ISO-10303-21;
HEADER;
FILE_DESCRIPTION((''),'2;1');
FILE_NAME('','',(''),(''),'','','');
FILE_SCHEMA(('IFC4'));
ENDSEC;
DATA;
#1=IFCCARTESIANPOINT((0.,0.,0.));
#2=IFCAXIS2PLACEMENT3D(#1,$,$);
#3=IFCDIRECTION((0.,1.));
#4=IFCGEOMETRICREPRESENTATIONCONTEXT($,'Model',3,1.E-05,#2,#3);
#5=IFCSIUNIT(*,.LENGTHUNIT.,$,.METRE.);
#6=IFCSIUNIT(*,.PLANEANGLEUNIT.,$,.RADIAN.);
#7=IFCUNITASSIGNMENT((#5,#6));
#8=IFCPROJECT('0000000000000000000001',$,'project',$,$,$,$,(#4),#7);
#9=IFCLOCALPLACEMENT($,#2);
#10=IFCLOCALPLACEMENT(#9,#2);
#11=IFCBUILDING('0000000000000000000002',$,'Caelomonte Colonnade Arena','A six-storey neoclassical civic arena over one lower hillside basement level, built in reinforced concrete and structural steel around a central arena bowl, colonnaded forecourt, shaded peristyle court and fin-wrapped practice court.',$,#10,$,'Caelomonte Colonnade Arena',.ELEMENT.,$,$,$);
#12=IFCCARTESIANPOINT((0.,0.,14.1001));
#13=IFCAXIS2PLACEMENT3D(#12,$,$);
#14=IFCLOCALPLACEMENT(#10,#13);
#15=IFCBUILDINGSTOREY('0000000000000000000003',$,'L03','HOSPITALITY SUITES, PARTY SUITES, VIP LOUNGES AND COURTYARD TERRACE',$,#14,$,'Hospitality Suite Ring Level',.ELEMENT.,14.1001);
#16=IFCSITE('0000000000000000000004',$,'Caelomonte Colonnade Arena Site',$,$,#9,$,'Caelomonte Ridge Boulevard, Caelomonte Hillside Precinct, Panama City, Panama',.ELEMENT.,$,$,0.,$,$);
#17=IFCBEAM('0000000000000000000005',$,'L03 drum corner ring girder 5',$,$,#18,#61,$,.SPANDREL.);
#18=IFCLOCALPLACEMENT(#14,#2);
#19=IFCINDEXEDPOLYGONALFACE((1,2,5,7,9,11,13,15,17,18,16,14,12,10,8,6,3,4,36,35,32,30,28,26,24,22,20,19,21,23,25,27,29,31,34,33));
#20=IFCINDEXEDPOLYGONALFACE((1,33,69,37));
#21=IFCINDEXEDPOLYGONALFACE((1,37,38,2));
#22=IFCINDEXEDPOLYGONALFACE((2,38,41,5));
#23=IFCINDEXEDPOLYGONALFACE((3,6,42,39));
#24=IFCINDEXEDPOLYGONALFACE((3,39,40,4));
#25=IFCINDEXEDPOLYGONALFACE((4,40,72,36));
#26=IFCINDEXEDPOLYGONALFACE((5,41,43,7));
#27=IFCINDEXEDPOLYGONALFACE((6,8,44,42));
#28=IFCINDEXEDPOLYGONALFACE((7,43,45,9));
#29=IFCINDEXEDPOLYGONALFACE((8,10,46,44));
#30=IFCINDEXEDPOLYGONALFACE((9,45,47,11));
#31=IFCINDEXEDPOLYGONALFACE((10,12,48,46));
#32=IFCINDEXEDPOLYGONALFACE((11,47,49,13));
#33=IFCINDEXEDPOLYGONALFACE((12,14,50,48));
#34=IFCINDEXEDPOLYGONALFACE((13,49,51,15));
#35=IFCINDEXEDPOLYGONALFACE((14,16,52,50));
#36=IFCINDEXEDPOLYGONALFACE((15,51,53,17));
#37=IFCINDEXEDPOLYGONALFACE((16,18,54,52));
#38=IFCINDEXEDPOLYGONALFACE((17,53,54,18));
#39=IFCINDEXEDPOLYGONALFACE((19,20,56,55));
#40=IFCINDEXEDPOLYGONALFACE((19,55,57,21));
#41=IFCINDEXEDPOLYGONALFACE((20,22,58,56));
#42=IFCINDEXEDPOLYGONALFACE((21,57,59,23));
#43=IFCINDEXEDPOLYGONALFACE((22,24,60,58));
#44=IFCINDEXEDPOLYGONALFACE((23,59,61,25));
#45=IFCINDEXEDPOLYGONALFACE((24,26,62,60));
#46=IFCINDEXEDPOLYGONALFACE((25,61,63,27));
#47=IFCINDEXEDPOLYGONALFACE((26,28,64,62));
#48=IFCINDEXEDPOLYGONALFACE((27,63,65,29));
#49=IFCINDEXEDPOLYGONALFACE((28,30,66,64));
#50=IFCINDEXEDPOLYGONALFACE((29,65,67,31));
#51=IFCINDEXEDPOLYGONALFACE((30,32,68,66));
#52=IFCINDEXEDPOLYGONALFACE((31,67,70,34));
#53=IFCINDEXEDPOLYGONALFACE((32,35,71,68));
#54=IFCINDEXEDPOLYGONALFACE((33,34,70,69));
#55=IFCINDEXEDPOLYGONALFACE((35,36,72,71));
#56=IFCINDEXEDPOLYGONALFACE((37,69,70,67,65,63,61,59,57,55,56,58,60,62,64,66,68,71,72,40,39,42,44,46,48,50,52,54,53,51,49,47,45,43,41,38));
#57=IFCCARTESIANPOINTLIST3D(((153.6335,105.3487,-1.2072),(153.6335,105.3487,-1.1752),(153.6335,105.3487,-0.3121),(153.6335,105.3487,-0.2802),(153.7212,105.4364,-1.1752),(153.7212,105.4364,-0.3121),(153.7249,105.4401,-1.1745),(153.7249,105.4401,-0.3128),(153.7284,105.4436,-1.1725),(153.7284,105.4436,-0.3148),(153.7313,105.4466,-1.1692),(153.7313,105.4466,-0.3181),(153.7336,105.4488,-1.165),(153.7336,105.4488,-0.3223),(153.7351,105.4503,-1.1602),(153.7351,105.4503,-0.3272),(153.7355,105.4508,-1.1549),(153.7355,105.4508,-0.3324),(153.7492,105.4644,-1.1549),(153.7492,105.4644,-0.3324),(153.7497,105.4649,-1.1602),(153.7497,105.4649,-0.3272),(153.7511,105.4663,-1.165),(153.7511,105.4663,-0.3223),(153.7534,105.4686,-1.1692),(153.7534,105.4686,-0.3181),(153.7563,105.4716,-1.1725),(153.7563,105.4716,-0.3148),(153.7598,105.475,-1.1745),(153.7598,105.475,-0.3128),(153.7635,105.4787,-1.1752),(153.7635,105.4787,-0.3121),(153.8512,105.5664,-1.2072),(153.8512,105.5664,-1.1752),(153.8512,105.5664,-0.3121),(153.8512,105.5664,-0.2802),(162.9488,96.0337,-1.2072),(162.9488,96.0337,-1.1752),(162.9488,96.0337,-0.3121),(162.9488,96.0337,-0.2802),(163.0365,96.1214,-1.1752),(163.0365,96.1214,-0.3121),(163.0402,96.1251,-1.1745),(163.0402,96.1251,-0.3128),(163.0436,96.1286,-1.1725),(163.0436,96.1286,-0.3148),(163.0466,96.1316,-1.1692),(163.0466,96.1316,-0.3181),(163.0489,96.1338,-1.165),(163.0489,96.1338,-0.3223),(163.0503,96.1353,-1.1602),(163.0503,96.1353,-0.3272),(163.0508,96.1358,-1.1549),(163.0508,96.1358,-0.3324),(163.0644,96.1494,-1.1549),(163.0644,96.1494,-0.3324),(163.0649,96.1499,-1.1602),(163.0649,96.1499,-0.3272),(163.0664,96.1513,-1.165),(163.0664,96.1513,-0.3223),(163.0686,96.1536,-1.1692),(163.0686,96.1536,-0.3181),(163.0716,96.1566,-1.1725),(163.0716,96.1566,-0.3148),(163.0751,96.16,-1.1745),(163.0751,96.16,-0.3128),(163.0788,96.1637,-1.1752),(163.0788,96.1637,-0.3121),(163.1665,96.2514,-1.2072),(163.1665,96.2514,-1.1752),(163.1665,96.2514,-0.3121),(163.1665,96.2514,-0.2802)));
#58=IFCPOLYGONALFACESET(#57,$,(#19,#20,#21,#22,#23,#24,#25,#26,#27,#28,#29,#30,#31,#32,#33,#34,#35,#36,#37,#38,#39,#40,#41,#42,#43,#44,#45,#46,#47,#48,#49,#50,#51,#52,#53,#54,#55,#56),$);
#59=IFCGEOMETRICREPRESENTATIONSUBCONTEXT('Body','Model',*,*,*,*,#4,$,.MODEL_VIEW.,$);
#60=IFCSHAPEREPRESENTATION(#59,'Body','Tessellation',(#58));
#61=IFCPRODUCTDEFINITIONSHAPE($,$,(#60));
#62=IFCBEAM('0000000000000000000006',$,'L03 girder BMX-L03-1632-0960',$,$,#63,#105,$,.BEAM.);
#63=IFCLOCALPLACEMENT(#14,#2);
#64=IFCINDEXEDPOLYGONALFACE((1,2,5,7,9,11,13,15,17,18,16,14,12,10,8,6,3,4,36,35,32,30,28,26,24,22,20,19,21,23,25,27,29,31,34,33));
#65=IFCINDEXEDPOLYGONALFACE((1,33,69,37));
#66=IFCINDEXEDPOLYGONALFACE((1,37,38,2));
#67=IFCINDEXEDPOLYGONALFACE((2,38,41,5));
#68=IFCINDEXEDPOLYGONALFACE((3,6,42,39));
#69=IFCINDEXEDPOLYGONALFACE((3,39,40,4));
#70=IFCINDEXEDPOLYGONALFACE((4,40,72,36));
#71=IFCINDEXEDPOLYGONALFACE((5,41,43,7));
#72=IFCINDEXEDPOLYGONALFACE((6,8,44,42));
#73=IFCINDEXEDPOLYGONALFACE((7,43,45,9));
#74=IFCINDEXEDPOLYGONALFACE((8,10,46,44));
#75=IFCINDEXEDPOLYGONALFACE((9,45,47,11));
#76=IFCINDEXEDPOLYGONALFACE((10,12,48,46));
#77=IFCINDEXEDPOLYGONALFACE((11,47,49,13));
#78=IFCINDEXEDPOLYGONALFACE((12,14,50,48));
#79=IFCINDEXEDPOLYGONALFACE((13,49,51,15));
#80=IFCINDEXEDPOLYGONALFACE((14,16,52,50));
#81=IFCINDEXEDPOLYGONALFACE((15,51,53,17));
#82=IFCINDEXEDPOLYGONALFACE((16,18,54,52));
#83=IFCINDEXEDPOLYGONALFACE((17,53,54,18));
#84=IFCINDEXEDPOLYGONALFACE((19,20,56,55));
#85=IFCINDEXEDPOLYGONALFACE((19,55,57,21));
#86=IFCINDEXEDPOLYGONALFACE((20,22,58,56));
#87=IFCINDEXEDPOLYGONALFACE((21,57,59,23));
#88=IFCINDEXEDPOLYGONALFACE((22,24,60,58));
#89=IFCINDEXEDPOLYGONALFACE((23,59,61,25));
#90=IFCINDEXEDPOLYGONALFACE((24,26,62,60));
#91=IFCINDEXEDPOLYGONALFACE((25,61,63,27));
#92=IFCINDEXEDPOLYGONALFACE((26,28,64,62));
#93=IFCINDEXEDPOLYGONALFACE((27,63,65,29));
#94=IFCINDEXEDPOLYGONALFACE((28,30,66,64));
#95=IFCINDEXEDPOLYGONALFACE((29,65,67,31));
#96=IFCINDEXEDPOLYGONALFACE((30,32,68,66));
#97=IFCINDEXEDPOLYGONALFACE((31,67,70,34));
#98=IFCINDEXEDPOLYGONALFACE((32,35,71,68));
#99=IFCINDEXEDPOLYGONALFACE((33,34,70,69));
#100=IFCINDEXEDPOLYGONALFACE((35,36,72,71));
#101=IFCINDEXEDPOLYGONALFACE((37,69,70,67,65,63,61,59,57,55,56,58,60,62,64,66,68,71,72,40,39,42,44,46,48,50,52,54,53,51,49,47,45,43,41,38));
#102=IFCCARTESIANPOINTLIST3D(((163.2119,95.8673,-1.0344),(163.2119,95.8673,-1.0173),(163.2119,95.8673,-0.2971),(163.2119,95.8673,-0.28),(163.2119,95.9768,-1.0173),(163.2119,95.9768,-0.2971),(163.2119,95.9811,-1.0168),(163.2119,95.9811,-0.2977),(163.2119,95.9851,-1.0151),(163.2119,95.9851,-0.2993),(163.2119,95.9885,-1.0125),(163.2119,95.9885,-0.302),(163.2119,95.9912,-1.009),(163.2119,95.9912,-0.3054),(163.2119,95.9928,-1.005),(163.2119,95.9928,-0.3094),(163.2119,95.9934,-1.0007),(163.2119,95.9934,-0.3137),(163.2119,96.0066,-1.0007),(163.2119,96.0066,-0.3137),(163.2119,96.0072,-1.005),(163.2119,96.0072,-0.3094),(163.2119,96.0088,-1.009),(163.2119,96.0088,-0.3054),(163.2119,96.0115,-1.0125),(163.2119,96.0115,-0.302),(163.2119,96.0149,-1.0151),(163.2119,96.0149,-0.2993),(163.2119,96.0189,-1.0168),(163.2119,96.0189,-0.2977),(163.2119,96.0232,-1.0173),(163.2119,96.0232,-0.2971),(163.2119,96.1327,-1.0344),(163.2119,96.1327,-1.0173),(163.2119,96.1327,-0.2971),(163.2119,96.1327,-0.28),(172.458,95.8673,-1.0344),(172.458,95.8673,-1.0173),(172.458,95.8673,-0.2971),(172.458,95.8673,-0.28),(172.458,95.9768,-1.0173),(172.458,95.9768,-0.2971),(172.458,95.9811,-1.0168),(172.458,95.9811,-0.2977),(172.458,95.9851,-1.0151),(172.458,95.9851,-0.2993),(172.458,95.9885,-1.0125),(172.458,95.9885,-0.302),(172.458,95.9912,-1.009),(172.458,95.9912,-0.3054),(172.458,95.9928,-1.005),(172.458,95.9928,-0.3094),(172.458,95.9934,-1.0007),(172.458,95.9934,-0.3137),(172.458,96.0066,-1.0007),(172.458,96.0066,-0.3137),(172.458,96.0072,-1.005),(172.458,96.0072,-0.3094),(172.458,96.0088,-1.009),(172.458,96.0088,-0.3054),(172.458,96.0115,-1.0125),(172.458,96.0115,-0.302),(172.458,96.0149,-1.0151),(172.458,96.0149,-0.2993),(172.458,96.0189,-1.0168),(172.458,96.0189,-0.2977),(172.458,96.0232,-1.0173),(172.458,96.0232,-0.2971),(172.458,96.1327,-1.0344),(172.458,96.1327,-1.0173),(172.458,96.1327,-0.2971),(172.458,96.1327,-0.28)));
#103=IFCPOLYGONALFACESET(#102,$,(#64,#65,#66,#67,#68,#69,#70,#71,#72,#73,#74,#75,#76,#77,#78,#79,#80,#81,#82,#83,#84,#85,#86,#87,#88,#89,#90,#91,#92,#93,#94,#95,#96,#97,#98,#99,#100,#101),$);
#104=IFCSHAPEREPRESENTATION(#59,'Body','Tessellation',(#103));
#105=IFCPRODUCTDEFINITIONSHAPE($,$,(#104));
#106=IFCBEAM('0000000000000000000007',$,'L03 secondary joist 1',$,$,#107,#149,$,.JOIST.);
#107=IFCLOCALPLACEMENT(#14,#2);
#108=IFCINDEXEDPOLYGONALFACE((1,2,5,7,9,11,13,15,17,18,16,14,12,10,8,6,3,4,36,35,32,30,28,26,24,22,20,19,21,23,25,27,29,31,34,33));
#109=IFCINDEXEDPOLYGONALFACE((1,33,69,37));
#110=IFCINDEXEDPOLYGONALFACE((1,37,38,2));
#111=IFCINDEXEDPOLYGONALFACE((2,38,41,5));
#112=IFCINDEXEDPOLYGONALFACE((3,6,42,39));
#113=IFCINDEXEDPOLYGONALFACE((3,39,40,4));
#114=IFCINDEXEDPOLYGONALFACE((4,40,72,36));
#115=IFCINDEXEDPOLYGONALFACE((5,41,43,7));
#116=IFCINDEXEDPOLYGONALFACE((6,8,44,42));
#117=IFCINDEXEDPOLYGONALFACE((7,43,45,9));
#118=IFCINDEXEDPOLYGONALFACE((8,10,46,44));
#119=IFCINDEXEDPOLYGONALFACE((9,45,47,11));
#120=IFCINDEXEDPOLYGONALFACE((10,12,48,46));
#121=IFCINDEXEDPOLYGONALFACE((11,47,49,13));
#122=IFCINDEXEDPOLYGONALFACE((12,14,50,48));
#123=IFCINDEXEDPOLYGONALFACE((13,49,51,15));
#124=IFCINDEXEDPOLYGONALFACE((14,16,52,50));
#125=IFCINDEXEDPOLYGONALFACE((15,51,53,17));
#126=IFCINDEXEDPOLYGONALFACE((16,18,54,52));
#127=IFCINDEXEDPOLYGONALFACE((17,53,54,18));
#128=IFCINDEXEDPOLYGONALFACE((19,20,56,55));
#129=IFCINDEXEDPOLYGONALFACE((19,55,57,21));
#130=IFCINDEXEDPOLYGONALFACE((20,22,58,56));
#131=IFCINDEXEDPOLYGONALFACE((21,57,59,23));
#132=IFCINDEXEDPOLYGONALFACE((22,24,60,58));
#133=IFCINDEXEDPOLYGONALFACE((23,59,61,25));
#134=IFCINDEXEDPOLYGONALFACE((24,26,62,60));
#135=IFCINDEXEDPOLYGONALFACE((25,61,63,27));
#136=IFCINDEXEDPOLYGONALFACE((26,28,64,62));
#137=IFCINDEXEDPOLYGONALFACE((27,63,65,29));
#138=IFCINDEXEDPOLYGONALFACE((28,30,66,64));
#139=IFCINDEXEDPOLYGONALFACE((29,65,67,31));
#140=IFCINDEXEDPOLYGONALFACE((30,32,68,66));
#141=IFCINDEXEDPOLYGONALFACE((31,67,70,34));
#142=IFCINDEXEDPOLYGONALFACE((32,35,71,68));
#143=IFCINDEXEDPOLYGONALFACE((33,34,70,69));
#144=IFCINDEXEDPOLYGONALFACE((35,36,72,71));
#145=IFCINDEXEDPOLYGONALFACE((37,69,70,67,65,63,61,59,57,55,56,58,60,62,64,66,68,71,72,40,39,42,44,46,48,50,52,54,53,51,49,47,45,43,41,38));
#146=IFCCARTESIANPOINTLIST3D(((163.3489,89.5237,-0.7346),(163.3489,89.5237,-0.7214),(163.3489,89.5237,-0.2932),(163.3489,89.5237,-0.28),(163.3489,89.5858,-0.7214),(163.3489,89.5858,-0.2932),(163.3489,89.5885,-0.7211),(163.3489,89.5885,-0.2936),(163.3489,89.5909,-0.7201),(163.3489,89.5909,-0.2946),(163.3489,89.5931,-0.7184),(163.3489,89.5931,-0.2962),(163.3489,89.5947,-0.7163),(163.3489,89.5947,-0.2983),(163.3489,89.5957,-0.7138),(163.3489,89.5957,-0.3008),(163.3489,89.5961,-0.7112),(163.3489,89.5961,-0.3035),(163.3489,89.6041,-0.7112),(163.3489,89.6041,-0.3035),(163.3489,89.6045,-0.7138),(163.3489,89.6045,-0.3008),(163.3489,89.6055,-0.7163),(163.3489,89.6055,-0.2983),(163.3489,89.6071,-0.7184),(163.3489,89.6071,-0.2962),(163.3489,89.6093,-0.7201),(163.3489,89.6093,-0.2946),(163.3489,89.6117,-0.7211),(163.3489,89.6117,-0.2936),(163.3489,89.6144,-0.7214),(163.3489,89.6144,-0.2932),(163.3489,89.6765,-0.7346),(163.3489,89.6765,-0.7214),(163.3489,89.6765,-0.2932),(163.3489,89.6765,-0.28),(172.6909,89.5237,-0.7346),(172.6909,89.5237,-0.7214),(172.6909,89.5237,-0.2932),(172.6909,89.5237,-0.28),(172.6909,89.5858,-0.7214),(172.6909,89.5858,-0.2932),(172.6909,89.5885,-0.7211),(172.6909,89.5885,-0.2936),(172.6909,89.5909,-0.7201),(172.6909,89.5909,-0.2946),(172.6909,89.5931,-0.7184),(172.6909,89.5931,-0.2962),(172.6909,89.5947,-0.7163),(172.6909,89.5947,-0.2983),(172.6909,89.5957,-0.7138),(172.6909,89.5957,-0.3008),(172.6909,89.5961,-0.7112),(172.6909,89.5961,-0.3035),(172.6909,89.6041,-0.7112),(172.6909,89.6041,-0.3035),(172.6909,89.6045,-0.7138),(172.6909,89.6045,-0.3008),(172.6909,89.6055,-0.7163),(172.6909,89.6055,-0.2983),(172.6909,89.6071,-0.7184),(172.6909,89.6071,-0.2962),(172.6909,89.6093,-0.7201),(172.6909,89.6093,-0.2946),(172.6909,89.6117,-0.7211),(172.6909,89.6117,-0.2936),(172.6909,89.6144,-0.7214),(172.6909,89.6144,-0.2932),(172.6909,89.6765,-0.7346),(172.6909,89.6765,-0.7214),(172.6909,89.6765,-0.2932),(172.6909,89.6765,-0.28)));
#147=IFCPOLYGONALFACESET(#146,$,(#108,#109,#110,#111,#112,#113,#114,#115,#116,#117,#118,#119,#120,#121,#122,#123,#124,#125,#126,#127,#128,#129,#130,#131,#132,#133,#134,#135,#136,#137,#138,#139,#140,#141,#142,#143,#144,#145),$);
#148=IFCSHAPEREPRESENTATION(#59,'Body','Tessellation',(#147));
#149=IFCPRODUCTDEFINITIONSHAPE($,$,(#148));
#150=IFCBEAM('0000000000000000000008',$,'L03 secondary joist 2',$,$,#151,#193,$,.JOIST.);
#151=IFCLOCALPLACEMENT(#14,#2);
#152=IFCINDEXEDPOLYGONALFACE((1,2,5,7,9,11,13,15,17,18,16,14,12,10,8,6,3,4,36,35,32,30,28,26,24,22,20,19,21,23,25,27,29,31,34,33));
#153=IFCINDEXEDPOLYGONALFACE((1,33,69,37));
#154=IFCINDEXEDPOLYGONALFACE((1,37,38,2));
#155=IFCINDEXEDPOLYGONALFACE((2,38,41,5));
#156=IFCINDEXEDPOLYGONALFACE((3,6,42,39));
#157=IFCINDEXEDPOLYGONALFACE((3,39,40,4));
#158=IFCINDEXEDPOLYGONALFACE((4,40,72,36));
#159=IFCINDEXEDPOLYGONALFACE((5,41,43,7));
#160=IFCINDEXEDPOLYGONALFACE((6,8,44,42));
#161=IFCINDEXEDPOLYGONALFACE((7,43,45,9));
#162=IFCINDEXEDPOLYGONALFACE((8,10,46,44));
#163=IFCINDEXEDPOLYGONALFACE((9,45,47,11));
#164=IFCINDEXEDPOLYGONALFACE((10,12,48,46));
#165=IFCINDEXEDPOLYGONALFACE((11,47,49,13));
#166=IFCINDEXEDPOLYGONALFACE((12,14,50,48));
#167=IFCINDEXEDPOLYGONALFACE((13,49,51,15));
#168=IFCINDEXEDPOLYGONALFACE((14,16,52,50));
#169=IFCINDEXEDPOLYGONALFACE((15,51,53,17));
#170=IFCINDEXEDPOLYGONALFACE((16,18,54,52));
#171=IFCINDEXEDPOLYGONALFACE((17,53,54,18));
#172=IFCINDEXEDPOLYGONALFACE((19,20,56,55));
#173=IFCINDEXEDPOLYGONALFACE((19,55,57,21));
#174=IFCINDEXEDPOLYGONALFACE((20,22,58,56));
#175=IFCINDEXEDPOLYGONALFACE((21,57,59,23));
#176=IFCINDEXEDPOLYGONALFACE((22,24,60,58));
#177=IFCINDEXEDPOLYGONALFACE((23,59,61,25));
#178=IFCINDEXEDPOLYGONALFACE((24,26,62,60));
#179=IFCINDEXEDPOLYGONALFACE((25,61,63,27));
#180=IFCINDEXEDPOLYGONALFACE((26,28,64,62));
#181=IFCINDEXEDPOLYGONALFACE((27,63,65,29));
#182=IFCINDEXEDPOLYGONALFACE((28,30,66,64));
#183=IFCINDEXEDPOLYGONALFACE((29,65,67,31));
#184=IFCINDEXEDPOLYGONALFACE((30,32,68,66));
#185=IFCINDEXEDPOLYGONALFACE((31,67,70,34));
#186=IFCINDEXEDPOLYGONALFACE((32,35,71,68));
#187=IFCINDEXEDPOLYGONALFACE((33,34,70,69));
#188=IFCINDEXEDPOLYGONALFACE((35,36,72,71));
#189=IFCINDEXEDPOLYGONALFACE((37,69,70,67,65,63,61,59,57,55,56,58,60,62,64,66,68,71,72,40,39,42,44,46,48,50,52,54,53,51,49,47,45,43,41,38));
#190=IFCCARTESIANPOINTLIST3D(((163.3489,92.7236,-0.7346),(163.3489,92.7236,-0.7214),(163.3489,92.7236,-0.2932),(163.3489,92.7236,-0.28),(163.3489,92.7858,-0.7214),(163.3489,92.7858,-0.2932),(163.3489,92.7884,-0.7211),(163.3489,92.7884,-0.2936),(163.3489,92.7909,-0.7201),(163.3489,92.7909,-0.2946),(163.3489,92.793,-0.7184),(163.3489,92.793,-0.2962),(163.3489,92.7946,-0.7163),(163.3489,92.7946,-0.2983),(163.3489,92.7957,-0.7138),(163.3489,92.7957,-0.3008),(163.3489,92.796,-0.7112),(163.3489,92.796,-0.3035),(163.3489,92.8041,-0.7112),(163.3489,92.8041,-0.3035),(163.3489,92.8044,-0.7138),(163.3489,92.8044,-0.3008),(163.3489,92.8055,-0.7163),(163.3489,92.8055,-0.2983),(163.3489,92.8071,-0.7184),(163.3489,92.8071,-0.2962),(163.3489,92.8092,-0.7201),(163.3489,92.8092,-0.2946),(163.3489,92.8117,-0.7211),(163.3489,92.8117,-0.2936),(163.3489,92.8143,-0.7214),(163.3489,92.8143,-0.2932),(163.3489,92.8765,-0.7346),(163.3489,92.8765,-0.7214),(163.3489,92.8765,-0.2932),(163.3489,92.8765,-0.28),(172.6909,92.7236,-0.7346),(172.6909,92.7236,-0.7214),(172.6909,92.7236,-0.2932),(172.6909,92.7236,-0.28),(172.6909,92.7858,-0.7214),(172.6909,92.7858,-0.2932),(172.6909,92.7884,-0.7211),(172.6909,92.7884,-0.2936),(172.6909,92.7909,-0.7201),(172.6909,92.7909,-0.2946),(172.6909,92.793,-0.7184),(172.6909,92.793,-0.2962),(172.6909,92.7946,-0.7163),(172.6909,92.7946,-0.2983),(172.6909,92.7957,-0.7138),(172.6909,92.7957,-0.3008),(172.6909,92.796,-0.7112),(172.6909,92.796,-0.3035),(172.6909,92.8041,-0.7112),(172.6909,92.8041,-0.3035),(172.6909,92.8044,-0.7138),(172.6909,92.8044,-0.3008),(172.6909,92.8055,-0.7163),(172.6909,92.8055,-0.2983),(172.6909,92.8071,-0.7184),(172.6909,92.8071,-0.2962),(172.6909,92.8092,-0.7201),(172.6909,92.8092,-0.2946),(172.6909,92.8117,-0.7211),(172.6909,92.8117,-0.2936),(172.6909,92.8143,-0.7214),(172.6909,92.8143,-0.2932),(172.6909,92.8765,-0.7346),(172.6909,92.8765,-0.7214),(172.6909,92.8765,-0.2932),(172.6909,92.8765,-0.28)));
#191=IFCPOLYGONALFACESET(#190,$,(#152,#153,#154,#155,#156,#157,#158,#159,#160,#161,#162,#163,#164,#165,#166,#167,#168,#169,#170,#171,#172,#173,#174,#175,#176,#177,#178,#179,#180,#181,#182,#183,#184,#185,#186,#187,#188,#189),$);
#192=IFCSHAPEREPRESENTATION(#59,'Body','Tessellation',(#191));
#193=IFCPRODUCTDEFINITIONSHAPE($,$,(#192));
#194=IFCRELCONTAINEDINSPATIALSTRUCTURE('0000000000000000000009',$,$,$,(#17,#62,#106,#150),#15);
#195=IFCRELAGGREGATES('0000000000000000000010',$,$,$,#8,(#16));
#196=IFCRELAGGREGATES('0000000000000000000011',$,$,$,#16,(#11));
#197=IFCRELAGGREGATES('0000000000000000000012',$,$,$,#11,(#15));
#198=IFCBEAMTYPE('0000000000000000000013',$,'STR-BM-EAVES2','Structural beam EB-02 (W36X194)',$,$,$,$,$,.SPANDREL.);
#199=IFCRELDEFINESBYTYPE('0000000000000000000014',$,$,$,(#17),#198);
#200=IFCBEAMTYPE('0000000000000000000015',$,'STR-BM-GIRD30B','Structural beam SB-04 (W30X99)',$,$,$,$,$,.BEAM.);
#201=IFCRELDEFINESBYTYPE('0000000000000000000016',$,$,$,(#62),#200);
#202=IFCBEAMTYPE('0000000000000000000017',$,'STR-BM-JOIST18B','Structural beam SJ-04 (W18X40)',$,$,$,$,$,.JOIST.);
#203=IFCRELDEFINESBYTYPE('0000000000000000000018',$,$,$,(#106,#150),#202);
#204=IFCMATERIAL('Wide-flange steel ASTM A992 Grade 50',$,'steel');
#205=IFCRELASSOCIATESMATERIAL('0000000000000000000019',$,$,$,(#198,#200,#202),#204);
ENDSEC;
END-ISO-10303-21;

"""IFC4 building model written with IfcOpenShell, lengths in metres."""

from ifc_helpers import new_model, si_unit, direction, frame, origin, origin_2d, place, context, subcontext, project, spatial, i_section, extrude, material, material_profile, profile_set, type_object, element, save


model = new_model("IFC4")

# Units and contexts
model_context = context("Model", 3, precision=1e-05, world=origin(), true_north=direction((0.0, 1.0)))
body_context = subcontext(model_context, "Body", "Model", "MODEL_VIEW")
ifc_project = project(units=[si_unit("LENGTHUNIT", "METRE"), si_unit("PLANEANGLEUNIT", "RADIAN")], contexts=[model_context])

# Site, building, storey
site_placement = place(None, origin())
site = spatial("IfcSite", under=ifc_project, at=site_placement, Name="Caelomonte Colonnade Arena Site", LongName="Caelomonte Ridge Boulevard, Caelomonte Hillside Precinct, Panama City, Panama", CompositionType="ELEMENT", RefElevation=0.0)
building_placement = place(site_placement, origin())
building = spatial("IfcBuilding", under=site, at=building_placement, Name="Caelomonte Colonnade Arena", Description="A six-storey neoclassical civic arena over one lower hillside basement level, built in reinforced concrete and structural steel around a central arena bowl, colonnaded forecourt, shaded peristyle court and fin-wrapped practice court.", LongName="Caelomonte Colonnade Arena", CompositionType="ELEMENT")
storey_placement = place(building_placement, frame((0.0, 0.0, 14.1001)))
storey = spatial("IfcBuildingStorey", under=building, at=storey_placement, Name="L03", Description="HOSPITALITY SUITES, PARTY SUITES, VIP LOUNGES AND COURTYARD TERRACE", LongName="Hospitality Suite Ring Level", CompositionType="ELEMENT", Elevation=14.1001)

# Shared definitions
ifc_material_1 = material(Name="Wide-flange steel ASTM A992 Grade 50", Category="steel")

# Beams
ifc_material_profile_1 = material_profile(ifc_material_1, i_section(OverallWidth=0.3079, OverallDepth=0.927, WebThickness=0.0193, FlangeThickness=0.032, FilletRadius=0.0203, at=origin_2d()), Name="W36X194")
ifc_profile_set_1 = profile_set([ifc_material_profile_1], Name="Wide-flange steel ASTM A992 Grade 50")
beam_type_1 = type_object("IfcBeamType", Name="STR-BM-EAVES2", Description="Structural beam EB-02 (W36X194)", PredefinedType="SPANDREL", material=ifc_profile_set_1)
beam_1_placement = place(storey_placement, frame((163.0576, 96.1426, -0.7437), z_axis=(-0.707116, 0.707098, 0.0), x_axis=(-0.707098, -0.707116, 0.0)))
element("IfcBeam", 1, at=beam_1_placement, inside=storey, type_object=beam_type_1, Name="L03 drum corner ring girder 5", PredefinedType="SPANDREL", context=body_context, shape_type="SweptSolid", body=[
    extrude(i_section(OverallWidth=0.3079, OverallDepth=0.927, WebThickness=0.0193, FlangeThickness=0.032, FilletRadius=0.0203, at=origin_2d()), origin(), (0.0, 0.0, 1.0), 13.1736),
])
ifc_material_profile_2 = material_profile(ifc_material_1, i_section(OverallWidth=0.2654, OverallDepth=0.7544, WebThickness=0.0132, FlangeThickness=0.0171, FilletRadius=0.0166, at=origin_2d()), Name="W30X99")
ifc_profile_set_2 = profile_set([ifc_material_profile_2], Name="Wide-flange steel ASTM A992 Grade 50")
beam_type_2 = type_object("IfcBeamType", Name="STR-BM-GIRD30B", Description="Structural beam SB-04 (W30X99)", PredefinedType="BEAM", material=ifc_profile_set_2)
beam_2_placement = place(storey_placement, frame((163.2119, 96.0, -0.6572), z_axis=(1.0, 0.0, 0.0), x_axis=(0.0, 1.0, 0.0)))
element("IfcBeam", 2, at=beam_2_placement, inside=storey, type_object=beam_type_2, Name="L03 girder BMX-L03-1632-0960", PredefinedType="BEAM", context=body_context, shape_type="SweptSolid", body=[
    extrude(i_section(OverallWidth=0.2654, OverallDepth=0.7544, WebThickness=0.0132, FlangeThickness=0.0171, FilletRadius=0.0166, at=origin_2d()), origin(), (0.0, 0.0, 1.0), 9.2461),
])
ifc_material_profile_3 = material_profile(ifc_material_1, i_section(OverallWidth=0.1528, OverallDepth=0.4546, WebThickness=0.0081, FlangeThickness=0.0132, FilletRadius=0.0103, at=origin_2d()), Name="W18X40")
ifc_profile_set_3 = profile_set([ifc_material_profile_3], Name="Wide-flange steel ASTM A992 Grade 50")
beam_type_3 = type_object("IfcBeamType", Name="STR-BM-JOIST18B", Description="Structural beam SJ-04 (W18X40)", PredefinedType="JOIST", material=ifc_profile_set_3)
for number, where, z_axis, x_axis, name in (
    (3, (163.3489, 89.6001, -0.5073), (1.0, 0.0, 0.0), (0.0, 1.0, 0.0), "L03 secondary joist 1"),
    (4, (163.3489, 92.8, -0.5073), (1.0, 0.0, 0.0), (0.0, 1.0, 0.0), "L03 secondary joist 2"),
):
    element("IfcBeam", number, at=place(storey_placement, frame(where, z_axis=z_axis, x_axis=x_axis)), inside=storey, type_object=beam_type_3, Name=name, PredefinedType="JOIST", context=body_context, shape_type="SweptSolid", body=[
        extrude(i_section(OverallWidth=0.1528, OverallDepth=0.4546, WebThickness=0.0081, FlangeThickness=0.0132, FilletRadius=0.0103, at=origin_2d()), origin(), (0.0, 0.0, 1.0), 9.342),
    ])

save(model, "model.ifc")
